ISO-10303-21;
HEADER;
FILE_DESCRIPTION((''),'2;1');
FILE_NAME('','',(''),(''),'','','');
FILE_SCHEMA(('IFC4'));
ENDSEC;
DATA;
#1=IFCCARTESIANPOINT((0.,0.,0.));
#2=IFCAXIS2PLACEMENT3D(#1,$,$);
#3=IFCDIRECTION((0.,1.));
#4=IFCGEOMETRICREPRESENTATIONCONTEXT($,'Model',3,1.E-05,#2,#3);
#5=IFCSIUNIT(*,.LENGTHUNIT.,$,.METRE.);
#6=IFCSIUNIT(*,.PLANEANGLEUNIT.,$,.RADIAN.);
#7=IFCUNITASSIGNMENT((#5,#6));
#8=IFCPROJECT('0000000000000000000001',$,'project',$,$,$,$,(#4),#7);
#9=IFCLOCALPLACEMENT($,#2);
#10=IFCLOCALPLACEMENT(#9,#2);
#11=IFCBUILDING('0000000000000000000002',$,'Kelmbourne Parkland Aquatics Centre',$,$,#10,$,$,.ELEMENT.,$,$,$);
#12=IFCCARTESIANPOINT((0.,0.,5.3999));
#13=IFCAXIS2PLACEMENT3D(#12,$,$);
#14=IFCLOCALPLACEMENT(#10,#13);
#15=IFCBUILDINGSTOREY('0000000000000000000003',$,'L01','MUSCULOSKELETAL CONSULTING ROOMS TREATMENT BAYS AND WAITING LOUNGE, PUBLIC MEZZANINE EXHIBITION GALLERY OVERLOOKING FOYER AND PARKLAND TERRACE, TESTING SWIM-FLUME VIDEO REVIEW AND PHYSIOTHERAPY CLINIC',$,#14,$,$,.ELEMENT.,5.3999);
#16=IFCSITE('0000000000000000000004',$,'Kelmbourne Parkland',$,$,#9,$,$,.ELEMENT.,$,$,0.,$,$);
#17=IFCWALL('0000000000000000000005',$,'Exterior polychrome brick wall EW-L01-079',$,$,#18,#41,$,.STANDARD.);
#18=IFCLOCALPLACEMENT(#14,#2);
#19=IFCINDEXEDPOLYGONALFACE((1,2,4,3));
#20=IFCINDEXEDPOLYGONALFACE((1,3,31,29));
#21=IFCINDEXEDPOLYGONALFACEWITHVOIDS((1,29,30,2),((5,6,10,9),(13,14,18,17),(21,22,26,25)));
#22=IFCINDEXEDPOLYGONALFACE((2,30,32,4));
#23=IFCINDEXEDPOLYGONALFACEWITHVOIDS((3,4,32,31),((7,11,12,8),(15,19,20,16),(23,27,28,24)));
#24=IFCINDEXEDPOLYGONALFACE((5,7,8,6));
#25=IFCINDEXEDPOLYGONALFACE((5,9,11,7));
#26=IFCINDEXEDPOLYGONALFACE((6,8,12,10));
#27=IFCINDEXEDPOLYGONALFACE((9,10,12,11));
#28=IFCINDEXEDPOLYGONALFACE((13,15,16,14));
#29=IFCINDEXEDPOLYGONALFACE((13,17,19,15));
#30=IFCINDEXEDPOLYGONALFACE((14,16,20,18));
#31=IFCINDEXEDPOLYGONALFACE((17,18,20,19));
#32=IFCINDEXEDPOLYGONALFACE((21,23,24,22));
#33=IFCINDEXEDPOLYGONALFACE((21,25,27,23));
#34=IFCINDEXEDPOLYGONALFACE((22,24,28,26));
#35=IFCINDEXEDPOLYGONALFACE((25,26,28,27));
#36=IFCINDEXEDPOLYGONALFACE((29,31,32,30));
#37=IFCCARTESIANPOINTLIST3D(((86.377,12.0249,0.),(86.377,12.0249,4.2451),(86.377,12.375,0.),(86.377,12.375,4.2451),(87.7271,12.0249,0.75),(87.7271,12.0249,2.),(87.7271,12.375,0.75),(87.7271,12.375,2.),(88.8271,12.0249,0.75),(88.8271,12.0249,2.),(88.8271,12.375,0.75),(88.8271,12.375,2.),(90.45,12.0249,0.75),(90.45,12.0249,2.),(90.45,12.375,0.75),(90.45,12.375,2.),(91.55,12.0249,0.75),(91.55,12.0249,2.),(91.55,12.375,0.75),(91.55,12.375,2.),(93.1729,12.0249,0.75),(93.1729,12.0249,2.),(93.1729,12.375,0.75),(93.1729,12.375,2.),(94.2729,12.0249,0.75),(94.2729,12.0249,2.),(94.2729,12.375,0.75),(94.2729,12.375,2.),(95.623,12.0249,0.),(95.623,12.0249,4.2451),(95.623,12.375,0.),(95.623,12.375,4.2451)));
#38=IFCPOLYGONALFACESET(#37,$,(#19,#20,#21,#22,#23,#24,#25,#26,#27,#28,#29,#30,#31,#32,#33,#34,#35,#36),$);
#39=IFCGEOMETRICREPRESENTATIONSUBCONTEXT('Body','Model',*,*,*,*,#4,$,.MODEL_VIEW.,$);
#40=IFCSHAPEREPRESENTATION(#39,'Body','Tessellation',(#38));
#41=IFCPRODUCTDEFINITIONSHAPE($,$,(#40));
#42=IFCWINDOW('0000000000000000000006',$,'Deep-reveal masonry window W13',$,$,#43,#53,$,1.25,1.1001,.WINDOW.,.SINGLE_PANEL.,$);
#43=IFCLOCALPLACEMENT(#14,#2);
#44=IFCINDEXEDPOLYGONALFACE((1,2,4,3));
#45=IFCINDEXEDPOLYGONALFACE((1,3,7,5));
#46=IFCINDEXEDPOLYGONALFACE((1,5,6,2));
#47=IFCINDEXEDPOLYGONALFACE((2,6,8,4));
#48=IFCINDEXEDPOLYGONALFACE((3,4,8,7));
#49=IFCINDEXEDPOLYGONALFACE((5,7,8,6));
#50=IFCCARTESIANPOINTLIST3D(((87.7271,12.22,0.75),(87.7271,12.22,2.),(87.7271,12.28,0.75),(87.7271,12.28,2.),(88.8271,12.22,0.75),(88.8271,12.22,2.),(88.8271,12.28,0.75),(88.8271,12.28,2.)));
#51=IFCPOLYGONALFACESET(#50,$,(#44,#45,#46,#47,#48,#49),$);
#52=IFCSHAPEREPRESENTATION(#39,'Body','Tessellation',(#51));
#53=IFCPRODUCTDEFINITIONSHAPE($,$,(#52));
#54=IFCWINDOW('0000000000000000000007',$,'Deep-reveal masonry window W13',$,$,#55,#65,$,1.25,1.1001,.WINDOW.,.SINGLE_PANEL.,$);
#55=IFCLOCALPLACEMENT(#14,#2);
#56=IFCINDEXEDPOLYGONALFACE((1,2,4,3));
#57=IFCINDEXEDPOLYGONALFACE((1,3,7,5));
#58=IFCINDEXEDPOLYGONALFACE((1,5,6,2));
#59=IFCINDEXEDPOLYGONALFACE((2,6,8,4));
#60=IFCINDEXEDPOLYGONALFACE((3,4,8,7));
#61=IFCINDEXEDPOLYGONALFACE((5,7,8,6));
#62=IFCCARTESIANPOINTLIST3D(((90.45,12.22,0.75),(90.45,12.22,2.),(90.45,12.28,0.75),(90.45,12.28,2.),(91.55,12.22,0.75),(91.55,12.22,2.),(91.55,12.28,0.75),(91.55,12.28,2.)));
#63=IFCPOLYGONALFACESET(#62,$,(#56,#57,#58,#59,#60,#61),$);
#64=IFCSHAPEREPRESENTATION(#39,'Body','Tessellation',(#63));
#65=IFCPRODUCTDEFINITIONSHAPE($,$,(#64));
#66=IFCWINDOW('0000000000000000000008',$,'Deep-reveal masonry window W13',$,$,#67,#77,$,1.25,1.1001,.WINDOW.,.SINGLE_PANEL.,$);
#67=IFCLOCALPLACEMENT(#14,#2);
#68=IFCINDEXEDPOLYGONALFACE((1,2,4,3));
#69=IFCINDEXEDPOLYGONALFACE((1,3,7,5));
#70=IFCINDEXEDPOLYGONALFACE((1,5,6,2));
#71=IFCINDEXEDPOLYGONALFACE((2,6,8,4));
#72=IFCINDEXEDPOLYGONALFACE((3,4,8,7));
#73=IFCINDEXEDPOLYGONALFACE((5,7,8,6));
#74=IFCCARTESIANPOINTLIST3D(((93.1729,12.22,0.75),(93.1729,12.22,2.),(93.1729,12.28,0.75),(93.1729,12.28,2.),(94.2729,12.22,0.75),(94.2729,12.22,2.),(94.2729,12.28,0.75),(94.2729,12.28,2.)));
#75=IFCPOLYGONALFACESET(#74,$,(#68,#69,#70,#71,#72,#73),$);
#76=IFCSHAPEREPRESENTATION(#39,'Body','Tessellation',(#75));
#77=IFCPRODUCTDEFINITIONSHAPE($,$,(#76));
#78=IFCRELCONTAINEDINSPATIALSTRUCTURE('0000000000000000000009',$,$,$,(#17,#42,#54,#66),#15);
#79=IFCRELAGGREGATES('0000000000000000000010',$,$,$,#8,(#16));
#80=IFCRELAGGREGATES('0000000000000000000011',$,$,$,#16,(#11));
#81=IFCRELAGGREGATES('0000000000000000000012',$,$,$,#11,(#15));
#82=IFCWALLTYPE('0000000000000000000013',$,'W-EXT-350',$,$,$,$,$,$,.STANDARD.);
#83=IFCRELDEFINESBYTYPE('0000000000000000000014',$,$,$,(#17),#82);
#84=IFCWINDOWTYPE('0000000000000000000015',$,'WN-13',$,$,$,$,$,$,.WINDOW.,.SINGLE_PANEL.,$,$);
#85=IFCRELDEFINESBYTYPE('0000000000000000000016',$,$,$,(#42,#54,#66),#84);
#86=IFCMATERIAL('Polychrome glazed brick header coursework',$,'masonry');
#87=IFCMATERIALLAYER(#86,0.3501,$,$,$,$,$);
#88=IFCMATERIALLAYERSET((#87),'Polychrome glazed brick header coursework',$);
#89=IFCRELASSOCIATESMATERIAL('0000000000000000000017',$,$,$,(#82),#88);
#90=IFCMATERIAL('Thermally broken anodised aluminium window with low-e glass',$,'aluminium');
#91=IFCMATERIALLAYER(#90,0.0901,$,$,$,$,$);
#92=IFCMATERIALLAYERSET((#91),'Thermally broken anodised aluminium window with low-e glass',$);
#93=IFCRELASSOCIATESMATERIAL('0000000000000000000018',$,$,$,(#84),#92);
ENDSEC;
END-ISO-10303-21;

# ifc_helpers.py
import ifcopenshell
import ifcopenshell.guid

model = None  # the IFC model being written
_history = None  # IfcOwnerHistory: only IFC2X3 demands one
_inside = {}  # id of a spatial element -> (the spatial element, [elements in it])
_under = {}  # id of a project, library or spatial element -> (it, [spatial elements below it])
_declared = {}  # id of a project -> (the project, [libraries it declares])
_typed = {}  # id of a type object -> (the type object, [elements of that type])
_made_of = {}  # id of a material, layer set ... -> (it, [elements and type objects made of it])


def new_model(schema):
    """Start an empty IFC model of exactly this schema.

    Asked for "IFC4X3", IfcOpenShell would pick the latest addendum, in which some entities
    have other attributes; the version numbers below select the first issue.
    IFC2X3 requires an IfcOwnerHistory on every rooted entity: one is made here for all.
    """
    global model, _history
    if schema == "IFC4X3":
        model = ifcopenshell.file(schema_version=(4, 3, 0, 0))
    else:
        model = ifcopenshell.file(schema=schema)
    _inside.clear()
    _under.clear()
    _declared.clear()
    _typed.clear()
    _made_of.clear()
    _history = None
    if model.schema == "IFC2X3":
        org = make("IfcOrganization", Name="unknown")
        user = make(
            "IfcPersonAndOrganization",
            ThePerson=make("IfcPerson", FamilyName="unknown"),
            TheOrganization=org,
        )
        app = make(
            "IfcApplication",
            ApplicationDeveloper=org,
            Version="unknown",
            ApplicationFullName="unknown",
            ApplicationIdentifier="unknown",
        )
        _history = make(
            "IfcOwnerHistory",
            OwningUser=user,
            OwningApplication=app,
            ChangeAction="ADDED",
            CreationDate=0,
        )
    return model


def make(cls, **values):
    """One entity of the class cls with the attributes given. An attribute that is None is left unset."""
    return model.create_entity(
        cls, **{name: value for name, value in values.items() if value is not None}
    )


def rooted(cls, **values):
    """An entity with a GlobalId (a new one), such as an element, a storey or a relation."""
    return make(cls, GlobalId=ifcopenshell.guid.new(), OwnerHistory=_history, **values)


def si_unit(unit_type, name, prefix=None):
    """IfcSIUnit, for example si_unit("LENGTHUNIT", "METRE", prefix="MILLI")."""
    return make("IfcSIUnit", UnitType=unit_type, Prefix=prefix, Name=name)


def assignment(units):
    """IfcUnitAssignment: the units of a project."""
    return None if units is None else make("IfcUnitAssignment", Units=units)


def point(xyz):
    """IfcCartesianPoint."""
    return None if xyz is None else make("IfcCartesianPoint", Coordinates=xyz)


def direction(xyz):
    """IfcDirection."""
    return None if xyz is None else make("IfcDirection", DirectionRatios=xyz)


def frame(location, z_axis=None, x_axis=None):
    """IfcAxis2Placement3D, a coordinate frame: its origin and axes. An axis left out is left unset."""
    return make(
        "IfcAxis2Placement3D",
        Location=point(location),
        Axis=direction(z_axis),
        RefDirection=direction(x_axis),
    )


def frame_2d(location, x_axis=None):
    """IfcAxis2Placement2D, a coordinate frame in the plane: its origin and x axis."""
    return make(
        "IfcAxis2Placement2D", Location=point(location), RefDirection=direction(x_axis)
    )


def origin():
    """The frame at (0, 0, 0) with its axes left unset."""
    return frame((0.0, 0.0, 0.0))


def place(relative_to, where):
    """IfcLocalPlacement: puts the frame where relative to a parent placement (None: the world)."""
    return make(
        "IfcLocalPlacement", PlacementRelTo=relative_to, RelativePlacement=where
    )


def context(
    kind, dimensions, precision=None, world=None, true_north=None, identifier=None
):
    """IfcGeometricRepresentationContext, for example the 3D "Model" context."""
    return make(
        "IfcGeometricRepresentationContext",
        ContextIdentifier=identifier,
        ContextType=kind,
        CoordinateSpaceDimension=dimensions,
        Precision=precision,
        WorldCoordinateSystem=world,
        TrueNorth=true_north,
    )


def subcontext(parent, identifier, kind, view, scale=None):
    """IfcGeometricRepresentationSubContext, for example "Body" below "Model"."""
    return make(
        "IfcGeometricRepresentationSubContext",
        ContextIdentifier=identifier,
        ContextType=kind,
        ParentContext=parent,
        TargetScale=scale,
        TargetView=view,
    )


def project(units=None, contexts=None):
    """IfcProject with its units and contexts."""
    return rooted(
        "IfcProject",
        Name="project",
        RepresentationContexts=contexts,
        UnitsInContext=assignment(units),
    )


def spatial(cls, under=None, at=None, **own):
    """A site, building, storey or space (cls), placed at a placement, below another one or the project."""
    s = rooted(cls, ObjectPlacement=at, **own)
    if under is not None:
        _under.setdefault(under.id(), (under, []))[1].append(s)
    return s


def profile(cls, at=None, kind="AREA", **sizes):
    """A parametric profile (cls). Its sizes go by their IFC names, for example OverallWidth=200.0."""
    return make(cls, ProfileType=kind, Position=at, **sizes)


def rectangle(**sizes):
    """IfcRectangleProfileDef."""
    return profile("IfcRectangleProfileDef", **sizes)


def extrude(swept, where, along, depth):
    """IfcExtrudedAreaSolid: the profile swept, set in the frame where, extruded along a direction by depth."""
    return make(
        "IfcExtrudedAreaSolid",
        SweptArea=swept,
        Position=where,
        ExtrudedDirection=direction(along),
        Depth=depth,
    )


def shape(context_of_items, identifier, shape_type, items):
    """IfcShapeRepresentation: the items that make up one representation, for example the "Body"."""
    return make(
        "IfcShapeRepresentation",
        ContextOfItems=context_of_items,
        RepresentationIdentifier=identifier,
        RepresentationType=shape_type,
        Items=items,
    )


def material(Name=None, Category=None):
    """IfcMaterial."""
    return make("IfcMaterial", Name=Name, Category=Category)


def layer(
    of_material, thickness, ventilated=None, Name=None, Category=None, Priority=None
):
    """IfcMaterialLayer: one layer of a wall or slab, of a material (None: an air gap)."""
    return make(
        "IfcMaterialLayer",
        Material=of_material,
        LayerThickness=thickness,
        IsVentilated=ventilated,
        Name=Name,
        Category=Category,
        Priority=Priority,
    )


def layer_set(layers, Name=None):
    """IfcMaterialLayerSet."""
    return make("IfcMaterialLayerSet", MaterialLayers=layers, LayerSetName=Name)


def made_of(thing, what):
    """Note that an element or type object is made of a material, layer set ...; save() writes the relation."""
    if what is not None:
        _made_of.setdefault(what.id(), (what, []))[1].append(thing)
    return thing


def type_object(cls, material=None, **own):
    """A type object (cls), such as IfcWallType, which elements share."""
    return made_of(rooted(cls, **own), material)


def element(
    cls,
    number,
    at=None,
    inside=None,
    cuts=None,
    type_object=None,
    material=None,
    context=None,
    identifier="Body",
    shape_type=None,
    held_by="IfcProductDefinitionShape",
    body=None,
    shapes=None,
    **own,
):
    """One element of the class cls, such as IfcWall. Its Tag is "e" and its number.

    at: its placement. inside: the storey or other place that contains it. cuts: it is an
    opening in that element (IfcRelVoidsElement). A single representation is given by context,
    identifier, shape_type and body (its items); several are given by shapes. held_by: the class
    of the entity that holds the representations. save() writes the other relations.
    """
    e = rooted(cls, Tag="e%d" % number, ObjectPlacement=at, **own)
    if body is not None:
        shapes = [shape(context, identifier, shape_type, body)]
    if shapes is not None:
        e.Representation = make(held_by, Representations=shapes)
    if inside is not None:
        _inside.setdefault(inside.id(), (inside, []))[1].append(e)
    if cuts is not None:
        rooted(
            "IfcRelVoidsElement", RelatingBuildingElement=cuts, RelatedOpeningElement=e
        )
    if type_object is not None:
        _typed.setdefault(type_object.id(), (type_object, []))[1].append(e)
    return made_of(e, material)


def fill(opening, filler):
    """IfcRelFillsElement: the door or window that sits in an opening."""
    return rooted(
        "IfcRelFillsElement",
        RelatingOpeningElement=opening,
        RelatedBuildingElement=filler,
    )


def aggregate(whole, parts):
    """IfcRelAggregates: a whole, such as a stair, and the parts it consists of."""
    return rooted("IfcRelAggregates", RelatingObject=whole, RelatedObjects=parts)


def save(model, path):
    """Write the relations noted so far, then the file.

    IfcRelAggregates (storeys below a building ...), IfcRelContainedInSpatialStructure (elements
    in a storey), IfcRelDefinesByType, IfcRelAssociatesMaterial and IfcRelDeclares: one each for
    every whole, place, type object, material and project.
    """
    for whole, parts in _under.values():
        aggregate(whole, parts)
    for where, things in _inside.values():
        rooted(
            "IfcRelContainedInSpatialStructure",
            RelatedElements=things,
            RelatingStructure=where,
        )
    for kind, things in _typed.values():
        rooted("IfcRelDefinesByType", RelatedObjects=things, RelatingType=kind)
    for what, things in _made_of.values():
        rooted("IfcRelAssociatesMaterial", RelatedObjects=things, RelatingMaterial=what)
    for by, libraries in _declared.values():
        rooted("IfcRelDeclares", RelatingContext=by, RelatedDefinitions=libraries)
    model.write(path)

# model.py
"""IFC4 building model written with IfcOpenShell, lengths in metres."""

from ifc_helpers import new_model, si_unit, direction, frame, frame_2d, origin, place, context, subcontext, project, spatial, rectangle, extrude, material, layer, layer_set, type_object, element, fill, save


model = new_model("IFC4")

# Units and contexts
model_context = context("Model", 3, precision=1e-05, world=origin(), true_north=direction((0.0, 1.0)))
body_context = subcontext(model_context, "Body", "Model", "MODEL_VIEW")
ifc_project = project(units=[si_unit("LENGTHUNIT", "METRE"), si_unit("PLANEANGLEUNIT", "RADIAN")], contexts=[model_context])

# Site, building, storey
site_placement = place(None, origin())
site = spatial("IfcSite", under=ifc_project, at=site_placement, Name="Kelmbourne Parkland", CompositionType="ELEMENT", RefElevation=0.0)
building_placement = place(site_placement, origin())
building = spatial("IfcBuilding", under=site, at=building_placement, Name="Kelmbourne Parkland Aquatics Centre", CompositionType="ELEMENT")
storey_placement = place(building_placement, frame((0.0, 0.0, 5.3999)))
storey = spatial("IfcBuildingStorey", under=building, at=storey_placement, Name="L01", Description="MUSCULOSKELETAL CONSULTING ROOMS TREATMENT BAYS AND WAITING LOUNGE, PUBLIC MEZZANINE EXHIBITION GALLERY OVERLOOKING FOYER AND PARKLAND TERRACE, TESTING SWIM-FLUME VIDEO REVIEW AND PHYSIOTHERAPY CLINIC", CompositionType="ELEMENT", Elevation=5.3999)

# Wall, openings, windows
ifc_material_1 = material(Name="Polychrome glazed brick header coursework", Category="masonry")
ifc_layer_1 = layer(ifc_material_1, 0.3501)
ifc_layer_set_1 = layer_set([ifc_layer_1], Name="Polychrome glazed brick header coursework")
wall_type = type_object("IfcWallType", Name="W-EXT-350", PredefinedType="STANDARD", material=ifc_layer_set_1)
wall_placement = place(storey_placement, frame((86.377, 12.2, 0.0), z_axis=(0.0, 0.0, 1.0), x_axis=(1.0, 0.0, 0.0)))
wall = element("IfcWall", 1, at=wall_placement, inside=storey, type_object=wall_type, Name="Exterior polychrome brick wall EW-L01-079", PredefinedType="STANDARD", context=body_context, shape_type="SweptSolid", body=[
    extrude(rectangle(XDim=9.2461, YDim=0.3501, at=frame_2d((4.623, 0.0))), origin(), (0.0, 0.0, 1.0), 4.2451),
])
opening_1_placement = place(wall_placement, frame((1.3501, 0.0, 0.75)))
opening_1 = element("IfcOpeningElement", 2, at=opening_1_placement, cuts=wall, PredefinedType="OPENING", context=body_context, shape_type="SweptSolid", body=[
    extrude(rectangle(XDim=1.1001, YDim=1.25, at=frame_2d((0.55, 0.625))), frame((0.0, 0.187, 0.0), z_axis=(0.0, -1.0, 0.0), x_axis=(1.0, 0.0, 0.0)), (0.0, 0.0, 1.0), 0.374),
])
opening_2_placement = place(wall_placement, frame((4.073, 0.0, 0.75)))
opening_2 = element("IfcOpeningElement", 3, at=opening_2_placement, cuts=wall, PredefinedType="OPENING", context=body_context, shape_type="SweptSolid", body=[
    extrude(rectangle(XDim=1.1001, YDim=1.25, at=frame_2d((0.55, 0.625))), frame((0.0, 0.187, 0.0), z_axis=(0.0, -1.0, 0.0), x_axis=(1.0, 0.0, 0.0)), (0.0, 0.0, 1.0), 0.374),
])
opening_3_placement = place(wall_placement, frame((6.7959, 0.0, 0.75)))
opening_3 = element("IfcOpeningElement", 4, at=opening_3_placement, cuts=wall, PredefinedType="OPENING", context=body_context, shape_type="SweptSolid", body=[
    extrude(rectangle(XDim=1.1001, YDim=1.25, at=frame_2d((0.55, 0.625))), frame((0.0, 0.187, 0.0), z_axis=(0.0, -1.0, 0.0), x_axis=(1.0, 0.0, 0.0)), (0.0, 0.0, 1.0), 0.374),
])
ifc_material_2 = material(Name="Thermally broken anodised aluminium window with low-e glass", Category="aluminium")
ifc_layer_2 = layer(ifc_material_2, 0.0901)
ifc_layer_set_2 = layer_set([ifc_layer_2], Name="Thermally broken anodised aluminium window with low-e glass")
window_type = type_object("IfcWindowType", Name="WN-13", PartitioningType="SINGLE_PANEL", PredefinedType="WINDOW", material=ifc_layer_set_2)
window_1_placement = place(opening_1_placement, origin())
window_1 = element("IfcWindow", 5, at=window_1_placement, inside=storey, type_object=window_type, Name="Deep-reveal masonry window W13", OverallHeight=1.25, OverallWidth=1.1001, PartitioningType="SINGLE_PANEL", PredefinedType="WINDOW", context=body_context, shape_type="SweptSolid", body=[
    extrude(rectangle(XDim=1.1001, YDim=1.25, at=frame_2d((0.55, 0.625))), frame((0.0, 0.0801, 0.0), z_axis=(0.0, -1.0, 0.0), x_axis=(1.0, 0.0, 0.0)), (0.0, 0.0, 1.0), 0.0601),
])
fill(opening_1, window_1)
window_2_placement = place(opening_2_placement, origin())
window_2 = element("IfcWindow", 6, at=window_2_placement, inside=storey, type_object=window_type, Name="Deep-reveal masonry window W13", OverallHeight=1.25, OverallWidth=1.1001, PartitioningType="SINGLE_PANEL", PredefinedType="WINDOW", context=body_context, shape_type="SweptSolid", body=[
    extrude(rectangle(XDim=1.1001, YDim=1.25, at=frame_2d((0.55, 0.625))), frame((0.0, 0.0801, 0.0), z_axis=(0.0, -1.0, 0.0), x_axis=(1.0, 0.0, 0.0)), (0.0, 0.0, 1.0), 0.0601),
])
fill(opening_2, window_2)
window_3_placement = place(opening_3_placement, origin())
window_3 = element("IfcWindow", 7, at=window_3_placement, inside=storey, type_object=window_type, Name="Deep-reveal masonry window W13", OverallHeight=1.25, OverallWidth=1.1001, PartitioningType="SINGLE_PANEL", PredefinedType="WINDOW", context=body_context, shape_type="SweptSolid", body=[
    extrude(rectangle(XDim=1.1001, YDim=1.25, at=frame_2d((0.55, 0.625))), frame((0.0, 0.0801, 0.0), z_axis=(0.0, -1.0, 0.0), x_axis=(1.0, 0.0, 0.0)), (0.0, 0.0, 1.0), 0.0601),
])
fill(opening_3, window_3)

save(model, "model.ifc")
